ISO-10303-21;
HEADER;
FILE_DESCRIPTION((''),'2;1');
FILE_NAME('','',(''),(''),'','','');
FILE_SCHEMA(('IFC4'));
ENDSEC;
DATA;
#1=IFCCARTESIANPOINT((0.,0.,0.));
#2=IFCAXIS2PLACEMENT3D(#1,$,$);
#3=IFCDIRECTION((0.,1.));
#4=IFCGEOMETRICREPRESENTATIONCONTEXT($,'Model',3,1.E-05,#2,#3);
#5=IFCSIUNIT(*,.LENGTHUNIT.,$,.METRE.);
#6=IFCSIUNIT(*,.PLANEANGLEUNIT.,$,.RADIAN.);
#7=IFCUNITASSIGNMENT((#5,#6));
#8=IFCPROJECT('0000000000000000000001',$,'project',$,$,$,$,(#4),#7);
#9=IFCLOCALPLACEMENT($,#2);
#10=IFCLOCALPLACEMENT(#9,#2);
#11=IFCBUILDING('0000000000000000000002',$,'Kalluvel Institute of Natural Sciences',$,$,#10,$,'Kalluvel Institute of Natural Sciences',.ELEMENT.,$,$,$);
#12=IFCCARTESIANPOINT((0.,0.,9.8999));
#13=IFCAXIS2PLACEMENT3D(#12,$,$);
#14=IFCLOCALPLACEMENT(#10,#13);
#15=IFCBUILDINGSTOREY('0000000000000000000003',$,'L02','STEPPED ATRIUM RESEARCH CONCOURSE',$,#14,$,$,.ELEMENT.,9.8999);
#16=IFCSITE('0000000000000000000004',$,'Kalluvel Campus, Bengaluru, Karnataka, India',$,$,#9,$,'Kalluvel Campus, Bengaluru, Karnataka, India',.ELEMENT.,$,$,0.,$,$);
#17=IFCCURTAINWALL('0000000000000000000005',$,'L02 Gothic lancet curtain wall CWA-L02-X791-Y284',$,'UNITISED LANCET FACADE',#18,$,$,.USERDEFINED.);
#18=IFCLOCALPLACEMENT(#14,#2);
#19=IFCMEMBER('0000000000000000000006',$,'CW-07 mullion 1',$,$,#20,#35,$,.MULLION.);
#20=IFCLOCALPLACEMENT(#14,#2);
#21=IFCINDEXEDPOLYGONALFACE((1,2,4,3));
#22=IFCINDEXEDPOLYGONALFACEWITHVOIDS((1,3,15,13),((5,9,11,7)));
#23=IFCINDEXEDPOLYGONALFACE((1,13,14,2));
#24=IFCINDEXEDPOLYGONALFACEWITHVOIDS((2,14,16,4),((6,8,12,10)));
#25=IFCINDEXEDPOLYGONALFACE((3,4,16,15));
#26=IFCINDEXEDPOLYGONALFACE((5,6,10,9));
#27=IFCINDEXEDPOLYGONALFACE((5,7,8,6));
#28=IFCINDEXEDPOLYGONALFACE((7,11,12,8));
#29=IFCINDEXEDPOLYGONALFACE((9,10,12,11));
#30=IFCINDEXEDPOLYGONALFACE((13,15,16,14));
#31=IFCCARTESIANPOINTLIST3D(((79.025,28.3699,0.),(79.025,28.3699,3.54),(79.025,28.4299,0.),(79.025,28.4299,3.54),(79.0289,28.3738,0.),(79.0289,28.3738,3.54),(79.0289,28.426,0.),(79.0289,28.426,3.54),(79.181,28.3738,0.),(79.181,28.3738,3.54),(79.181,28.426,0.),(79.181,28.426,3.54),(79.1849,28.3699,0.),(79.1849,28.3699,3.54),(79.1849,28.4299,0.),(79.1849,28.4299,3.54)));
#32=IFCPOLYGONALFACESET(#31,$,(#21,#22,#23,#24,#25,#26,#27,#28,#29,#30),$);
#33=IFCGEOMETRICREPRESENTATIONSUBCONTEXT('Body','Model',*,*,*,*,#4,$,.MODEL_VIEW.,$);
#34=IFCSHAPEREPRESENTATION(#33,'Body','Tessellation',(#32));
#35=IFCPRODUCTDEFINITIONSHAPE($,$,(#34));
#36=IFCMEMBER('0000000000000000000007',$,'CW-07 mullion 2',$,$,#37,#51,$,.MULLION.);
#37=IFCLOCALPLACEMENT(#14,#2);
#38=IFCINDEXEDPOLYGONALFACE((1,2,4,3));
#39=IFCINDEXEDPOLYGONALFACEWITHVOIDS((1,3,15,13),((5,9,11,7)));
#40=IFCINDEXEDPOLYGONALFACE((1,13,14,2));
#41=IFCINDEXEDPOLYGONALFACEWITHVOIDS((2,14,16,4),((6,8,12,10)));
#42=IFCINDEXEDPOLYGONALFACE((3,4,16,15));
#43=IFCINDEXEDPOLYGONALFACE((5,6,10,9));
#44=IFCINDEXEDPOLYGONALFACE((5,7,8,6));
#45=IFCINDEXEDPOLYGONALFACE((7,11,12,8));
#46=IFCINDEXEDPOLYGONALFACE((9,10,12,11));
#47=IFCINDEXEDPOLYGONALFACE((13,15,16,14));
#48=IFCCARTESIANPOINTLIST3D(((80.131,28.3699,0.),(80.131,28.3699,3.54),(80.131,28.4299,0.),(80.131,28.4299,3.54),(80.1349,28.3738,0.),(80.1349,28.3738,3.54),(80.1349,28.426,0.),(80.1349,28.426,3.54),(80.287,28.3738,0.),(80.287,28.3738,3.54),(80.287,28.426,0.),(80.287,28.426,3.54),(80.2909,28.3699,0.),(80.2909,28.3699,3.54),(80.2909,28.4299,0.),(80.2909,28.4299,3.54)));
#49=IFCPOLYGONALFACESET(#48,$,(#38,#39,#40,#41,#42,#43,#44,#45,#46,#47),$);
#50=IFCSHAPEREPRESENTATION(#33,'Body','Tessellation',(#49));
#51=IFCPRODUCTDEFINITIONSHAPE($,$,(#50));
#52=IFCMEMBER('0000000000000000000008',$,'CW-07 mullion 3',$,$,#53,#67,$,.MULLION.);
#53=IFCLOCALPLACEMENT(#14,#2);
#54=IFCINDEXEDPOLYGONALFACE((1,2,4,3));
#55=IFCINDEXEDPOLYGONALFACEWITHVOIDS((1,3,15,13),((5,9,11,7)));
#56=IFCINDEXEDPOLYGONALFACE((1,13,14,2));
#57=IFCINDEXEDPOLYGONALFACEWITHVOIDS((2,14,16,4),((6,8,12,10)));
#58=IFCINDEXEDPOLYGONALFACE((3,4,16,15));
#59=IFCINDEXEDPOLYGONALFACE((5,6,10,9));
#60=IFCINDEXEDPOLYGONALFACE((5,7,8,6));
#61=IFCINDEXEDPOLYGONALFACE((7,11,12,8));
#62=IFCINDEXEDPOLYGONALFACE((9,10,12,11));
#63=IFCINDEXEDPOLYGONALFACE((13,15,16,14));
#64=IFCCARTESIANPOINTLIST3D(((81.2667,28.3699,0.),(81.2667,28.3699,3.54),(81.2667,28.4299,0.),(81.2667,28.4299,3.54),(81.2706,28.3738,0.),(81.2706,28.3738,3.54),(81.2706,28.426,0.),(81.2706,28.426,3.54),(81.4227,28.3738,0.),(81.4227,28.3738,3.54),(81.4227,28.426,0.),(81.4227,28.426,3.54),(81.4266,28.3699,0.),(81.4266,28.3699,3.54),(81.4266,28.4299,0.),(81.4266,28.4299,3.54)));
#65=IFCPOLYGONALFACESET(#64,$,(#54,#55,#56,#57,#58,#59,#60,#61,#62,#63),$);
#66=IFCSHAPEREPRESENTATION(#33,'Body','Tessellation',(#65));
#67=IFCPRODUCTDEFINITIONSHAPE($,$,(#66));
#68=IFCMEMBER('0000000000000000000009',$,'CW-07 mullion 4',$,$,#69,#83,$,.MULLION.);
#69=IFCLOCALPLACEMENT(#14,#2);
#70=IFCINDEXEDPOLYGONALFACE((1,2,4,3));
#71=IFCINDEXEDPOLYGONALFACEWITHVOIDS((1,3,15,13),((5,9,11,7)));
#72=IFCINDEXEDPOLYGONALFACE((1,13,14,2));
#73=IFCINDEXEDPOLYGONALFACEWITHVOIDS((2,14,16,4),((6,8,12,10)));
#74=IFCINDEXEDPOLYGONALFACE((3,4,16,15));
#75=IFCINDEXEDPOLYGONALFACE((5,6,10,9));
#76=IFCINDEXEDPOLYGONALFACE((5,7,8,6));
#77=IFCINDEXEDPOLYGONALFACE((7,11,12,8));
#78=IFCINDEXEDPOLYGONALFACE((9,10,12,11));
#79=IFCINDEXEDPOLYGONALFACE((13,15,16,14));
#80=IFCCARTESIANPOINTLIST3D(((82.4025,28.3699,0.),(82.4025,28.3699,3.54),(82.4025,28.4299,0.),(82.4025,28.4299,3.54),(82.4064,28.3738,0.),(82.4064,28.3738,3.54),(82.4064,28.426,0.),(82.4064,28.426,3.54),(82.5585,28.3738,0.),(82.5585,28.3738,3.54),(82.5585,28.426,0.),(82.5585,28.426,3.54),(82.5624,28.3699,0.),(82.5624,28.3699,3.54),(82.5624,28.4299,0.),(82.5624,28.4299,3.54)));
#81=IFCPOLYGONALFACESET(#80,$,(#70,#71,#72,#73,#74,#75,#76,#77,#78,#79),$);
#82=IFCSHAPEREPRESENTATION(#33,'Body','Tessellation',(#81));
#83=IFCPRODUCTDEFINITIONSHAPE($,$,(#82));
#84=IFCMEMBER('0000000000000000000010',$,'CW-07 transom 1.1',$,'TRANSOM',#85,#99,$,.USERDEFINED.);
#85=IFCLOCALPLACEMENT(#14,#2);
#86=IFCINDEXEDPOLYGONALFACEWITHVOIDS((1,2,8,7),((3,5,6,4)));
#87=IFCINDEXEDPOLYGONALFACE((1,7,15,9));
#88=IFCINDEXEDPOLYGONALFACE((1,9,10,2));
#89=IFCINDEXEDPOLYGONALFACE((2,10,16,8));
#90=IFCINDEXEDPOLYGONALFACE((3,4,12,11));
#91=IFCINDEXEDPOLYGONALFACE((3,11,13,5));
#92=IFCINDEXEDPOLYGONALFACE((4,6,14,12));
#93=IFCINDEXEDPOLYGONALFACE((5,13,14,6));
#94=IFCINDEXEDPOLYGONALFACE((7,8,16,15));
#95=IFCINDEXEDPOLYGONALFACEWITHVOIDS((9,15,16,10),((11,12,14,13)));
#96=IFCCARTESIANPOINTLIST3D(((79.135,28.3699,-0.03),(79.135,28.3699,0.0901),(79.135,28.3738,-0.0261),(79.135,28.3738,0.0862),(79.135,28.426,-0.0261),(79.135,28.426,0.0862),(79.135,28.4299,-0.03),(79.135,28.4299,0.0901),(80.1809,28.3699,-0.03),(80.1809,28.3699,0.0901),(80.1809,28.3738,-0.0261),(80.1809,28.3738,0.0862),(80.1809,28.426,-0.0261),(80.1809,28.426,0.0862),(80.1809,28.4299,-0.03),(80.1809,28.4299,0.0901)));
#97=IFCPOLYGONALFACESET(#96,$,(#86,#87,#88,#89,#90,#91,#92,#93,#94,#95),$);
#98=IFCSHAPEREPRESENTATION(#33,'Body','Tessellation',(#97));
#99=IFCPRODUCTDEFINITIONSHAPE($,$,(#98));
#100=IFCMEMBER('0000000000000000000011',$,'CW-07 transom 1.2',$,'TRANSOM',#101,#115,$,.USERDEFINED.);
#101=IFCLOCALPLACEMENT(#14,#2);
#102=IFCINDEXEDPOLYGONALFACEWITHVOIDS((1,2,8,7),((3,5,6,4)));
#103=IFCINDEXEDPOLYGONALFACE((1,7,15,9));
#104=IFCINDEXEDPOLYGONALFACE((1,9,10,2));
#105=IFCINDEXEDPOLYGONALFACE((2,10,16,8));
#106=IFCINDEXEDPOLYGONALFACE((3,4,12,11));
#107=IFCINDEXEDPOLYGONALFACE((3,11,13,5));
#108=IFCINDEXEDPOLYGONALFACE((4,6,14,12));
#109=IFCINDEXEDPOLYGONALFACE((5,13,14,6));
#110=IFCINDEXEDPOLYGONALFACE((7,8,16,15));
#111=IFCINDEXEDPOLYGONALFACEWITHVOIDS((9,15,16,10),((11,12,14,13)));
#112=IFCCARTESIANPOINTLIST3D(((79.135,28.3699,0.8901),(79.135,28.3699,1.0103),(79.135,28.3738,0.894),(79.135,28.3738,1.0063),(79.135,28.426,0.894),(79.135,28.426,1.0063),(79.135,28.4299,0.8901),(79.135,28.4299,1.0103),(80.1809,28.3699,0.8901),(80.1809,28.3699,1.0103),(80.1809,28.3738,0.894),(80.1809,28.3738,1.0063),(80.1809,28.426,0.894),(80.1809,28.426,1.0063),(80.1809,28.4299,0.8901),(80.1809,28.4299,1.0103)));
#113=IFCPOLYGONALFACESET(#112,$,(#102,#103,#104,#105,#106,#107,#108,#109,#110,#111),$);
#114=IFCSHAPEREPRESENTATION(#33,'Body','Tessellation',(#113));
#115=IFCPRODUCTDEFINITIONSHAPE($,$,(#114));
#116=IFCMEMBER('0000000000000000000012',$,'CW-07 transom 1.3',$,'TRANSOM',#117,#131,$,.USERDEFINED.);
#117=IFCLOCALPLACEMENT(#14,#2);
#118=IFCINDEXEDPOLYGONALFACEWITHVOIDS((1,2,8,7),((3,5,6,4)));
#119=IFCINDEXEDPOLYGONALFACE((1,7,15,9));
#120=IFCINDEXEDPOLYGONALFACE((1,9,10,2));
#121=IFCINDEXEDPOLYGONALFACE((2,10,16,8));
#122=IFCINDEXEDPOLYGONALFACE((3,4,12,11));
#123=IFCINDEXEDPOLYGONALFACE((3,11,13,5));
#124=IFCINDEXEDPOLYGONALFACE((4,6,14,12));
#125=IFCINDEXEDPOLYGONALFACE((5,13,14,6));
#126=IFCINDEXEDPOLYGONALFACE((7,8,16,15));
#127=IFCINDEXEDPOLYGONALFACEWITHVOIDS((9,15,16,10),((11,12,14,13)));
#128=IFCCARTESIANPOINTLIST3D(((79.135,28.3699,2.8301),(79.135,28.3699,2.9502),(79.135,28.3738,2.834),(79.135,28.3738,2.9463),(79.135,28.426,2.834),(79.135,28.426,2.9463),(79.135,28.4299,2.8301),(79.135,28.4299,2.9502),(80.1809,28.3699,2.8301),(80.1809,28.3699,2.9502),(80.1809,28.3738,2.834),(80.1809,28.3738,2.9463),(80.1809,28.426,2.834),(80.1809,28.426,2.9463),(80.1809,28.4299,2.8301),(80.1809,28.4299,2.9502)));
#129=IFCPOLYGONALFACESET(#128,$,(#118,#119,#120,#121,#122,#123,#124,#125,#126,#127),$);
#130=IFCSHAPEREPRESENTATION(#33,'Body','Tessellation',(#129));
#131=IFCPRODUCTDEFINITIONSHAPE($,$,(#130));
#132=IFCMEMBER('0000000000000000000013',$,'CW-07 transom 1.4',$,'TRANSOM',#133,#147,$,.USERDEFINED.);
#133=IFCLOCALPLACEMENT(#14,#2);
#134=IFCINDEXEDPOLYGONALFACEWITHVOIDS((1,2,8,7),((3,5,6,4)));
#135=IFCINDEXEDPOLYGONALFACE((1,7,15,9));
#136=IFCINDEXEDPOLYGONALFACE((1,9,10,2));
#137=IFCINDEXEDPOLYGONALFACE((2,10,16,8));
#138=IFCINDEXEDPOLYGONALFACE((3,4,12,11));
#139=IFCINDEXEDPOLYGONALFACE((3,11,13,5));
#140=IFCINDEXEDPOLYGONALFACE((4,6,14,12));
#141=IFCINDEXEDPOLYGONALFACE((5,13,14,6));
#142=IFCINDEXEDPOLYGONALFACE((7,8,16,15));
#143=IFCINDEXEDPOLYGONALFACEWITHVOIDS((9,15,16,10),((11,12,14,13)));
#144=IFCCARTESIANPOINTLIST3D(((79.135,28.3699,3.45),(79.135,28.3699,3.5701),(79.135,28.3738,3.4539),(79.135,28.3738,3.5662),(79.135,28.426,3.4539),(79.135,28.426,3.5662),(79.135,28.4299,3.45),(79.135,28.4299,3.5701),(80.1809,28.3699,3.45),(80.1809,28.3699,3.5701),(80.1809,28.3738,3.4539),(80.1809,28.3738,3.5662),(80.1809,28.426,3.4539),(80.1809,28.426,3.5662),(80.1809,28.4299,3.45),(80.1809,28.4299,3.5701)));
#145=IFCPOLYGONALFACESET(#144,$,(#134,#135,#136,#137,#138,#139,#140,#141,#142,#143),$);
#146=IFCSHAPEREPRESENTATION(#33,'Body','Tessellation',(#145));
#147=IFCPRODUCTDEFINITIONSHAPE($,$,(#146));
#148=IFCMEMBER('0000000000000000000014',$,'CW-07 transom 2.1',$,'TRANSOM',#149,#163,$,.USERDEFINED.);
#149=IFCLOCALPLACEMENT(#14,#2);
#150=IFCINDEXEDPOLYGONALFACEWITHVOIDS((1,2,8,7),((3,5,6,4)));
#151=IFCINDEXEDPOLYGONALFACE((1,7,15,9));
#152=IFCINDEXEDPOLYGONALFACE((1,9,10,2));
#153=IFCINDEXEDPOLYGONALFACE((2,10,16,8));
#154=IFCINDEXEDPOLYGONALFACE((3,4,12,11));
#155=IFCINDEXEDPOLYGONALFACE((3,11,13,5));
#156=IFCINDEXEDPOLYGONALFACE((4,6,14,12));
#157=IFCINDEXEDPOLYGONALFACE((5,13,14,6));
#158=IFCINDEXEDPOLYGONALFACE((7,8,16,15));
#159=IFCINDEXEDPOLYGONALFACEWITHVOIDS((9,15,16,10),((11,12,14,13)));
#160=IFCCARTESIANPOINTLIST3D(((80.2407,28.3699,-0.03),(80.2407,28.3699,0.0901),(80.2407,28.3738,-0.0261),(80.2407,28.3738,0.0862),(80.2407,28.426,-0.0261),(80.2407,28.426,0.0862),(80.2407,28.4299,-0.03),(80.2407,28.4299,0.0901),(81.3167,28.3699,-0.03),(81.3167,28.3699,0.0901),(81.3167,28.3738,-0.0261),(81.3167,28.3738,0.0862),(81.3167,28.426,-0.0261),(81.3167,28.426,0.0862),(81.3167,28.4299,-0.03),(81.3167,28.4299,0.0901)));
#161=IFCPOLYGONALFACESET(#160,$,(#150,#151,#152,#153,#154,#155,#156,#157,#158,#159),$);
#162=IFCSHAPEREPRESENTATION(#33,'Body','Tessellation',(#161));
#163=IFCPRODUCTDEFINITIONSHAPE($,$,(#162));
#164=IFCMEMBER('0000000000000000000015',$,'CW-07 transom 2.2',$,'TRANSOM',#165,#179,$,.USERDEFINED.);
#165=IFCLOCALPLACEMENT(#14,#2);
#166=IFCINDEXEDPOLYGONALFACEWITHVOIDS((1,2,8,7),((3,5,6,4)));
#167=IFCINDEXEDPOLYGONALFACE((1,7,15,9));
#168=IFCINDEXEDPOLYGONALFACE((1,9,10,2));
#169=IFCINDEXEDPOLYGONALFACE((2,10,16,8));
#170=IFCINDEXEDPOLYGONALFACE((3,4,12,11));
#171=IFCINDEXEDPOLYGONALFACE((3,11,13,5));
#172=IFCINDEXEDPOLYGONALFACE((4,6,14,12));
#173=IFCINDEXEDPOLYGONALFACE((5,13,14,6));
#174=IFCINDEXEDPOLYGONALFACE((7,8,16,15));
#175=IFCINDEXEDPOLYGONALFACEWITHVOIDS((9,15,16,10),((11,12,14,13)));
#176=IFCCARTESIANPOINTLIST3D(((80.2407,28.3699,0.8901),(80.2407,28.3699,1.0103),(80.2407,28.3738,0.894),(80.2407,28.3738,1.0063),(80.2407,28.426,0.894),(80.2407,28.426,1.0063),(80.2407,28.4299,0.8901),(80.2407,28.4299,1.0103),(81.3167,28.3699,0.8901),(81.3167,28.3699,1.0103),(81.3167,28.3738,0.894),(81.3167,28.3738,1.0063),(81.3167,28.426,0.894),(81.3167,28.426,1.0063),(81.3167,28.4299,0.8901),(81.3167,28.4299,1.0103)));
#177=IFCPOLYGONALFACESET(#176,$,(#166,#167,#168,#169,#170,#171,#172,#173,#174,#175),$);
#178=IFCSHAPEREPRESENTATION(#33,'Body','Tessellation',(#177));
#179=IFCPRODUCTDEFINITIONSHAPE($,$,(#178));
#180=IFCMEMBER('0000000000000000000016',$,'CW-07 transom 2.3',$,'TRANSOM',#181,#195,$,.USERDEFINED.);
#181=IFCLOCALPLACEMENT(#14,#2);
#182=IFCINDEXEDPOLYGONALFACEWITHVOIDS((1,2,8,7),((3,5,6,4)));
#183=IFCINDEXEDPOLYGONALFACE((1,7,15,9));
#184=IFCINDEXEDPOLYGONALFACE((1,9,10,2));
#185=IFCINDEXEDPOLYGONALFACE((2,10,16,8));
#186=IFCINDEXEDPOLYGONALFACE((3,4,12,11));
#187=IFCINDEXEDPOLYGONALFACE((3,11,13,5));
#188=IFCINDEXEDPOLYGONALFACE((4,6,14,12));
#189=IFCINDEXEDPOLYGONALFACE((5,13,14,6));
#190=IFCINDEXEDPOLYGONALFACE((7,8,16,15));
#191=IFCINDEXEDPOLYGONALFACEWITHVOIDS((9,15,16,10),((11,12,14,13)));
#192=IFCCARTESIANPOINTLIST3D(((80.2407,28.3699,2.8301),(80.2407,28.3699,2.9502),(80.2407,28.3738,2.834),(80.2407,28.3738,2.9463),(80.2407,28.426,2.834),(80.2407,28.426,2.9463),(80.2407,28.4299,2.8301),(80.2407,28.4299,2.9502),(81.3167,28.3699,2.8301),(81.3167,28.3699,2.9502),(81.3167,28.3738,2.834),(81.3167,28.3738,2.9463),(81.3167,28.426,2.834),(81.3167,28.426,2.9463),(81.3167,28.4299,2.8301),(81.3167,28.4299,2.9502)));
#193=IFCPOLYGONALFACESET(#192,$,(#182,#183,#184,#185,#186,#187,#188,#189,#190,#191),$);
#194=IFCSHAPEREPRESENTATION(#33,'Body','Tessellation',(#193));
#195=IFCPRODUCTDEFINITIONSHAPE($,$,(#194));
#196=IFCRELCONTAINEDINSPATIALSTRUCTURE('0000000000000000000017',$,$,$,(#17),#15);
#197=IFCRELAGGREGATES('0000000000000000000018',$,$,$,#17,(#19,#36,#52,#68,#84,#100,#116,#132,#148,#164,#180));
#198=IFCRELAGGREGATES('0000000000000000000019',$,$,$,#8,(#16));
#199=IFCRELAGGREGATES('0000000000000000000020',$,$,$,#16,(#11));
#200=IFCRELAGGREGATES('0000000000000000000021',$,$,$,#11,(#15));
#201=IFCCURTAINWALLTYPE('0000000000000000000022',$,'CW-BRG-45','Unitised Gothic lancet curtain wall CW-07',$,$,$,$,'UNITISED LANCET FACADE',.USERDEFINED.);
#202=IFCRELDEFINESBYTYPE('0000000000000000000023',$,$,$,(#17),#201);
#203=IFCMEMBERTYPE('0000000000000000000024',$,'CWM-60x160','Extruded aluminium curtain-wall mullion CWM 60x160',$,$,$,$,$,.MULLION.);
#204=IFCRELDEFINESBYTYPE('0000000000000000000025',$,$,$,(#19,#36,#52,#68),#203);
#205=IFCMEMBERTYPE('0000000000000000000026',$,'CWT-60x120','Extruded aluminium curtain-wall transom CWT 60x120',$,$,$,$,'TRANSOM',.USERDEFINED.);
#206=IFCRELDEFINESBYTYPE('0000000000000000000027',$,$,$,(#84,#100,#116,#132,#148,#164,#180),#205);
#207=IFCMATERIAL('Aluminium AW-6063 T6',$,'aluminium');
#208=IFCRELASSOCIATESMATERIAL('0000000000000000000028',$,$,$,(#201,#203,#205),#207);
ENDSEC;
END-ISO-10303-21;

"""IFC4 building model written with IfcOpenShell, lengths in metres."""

from ifc_helpers import new_model, si_unit, direction, frame, origin, origin_2d, place, context, subcontext, project, spatial, hollow_rectangle, extrude, material, material_profile, profile_set, type_object, element, aggregate, save


model = new_model("IFC4")

# Units and contexts
model_context = context("Model", 3, precision=1e-05, world=origin(), true_north=direction((0.0, 1.0)))
body_context = subcontext(model_context, "Body", "Model", "MODEL_VIEW")
ifc_project = project(units=[si_unit("LENGTHUNIT", "METRE"), si_unit("PLANEANGLEUNIT", "RADIAN")], contexts=[model_context])

# Site, building, storey
site_placement = place(None, origin())
site = spatial("IfcSite", under=ifc_project, at=site_placement, Name="Kalluvel Campus, Bengaluru, Karnataka, India", LongName="Kalluvel Campus, Bengaluru, Karnataka, India", CompositionType="ELEMENT", RefElevation=0.0)
building_placement = place(site_placement, origin())
building = spatial("IfcBuilding", under=site, at=building_placement, Name="Kalluvel Institute of Natural Sciences", LongName="Kalluvel Institute of Natural Sciences", CompositionType="ELEMENT")
storey_placement = place(building_placement, frame((0.0, 0.0, 9.8999)))
storey = spatial("IfcBuildingStorey", under=building, at=storey_placement, Name="L02", Description="STEPPED ATRIUM RESEARCH CONCOURSE", CompositionType="ELEMENT", Elevation=9.8999)

# Curtain wall, members
ifc_material_1 = material(Name="Aluminium AW-6063 T6", Category="aluminium")
curtain_wall_type = type_object("IfcCurtainWallType", Name="CW-BRG-45", Description="Unitised Gothic lancet curtain wall CW-07", ElementType="UNITISED LANCET FACADE", PredefinedType="USERDEFINED", material=ifc_material_1)
curtain_wall_placement = place(storey_placement, origin())
curtain_wall = element("IfcCurtainWall", 1, at=curtain_wall_placement, inside=storey, type_object=curtain_wall_type, Name="L02 Gothic lancet curtain wall CWA-L02-X791-Y284", ObjectType="UNITISED LANCET FACADE", PredefinedType="USERDEFINED")
ifc_material_profile_1 = material_profile(ifc_material_1, hollow_rectangle(XDim=0.0601, YDim=0.1599, WallThickness=0.0039, at=origin_2d()), Name="CWM 60x160")
ifc_profile_set_1 = profile_set([ifc_material_profile_1], Name="Aluminium AW-6063 T6")
member_type_1 = type_object("IfcMemberType", Name="CWM-60x160", Description="Extruded aluminium curtain-wall mullion CWM 60x160", PredefinedType="MULLION", material=ifc_profile_set_1)
member_1_placement = place(storey_placement, frame((79.105, 28.3999, 0.0), z_axis=(0.0, 0.0, 1.0), x_axis=(0.0, 1.0, 0.0)))
member_1 = element("IfcMember", 2, at=member_1_placement, type_object=member_type_1, Name="CW-07 mullion 1", PredefinedType="MULLION", context=body_context, shape_type="SweptSolid", body=[
    extrude(hollow_rectangle(XDim=0.0601, YDim=0.1599, WallThickness=0.0039, at=origin_2d()), origin(), (0.0, 0.0, 1.0), 3.54),
])
member_2_placement = place(storey_placement, frame((80.2109, 28.3999, 0.0), z_axis=(0.0, 0.0, 1.0), x_axis=(0.0, 1.0, 0.0)))
member_2 = element("IfcMember", 3, at=member_2_placement, type_object=member_type_1, Name="CW-07 mullion 2", PredefinedType="MULLION", context=body_context, shape_type="SweptSolid", body=[
    extrude(hollow_rectangle(XDim=0.0601, YDim=0.1599, WallThickness=0.0039, at=origin_2d()), origin(), (0.0, 0.0, 1.0), 3.54),
])
member_3_placement = place(storey_placement, frame((81.3467, 28.3999, 0.0), z_axis=(0.0, 0.0, 1.0), x_axis=(0.0, 1.0, 0.0)))
member_3 = element("IfcMember", 4, at=member_3_placement, type_object=member_type_1, Name="CW-07 mullion 3", PredefinedType="MULLION", context=body_context, shape_type="SweptSolid", body=[
    extrude(hollow_rectangle(XDim=0.0601, YDim=0.1599, WallThickness=0.0039, at=origin_2d()), origin(), (0.0, 0.0, 1.0), 3.54),
])
member_4_placement = place(storey_placement, frame((82.4824, 28.3999, 0.0), z_axis=(0.0, 0.0, 1.0), x_axis=(0.0, 1.0, 0.0)))
member_4 = element("IfcMember", 5, at=member_4_placement, type_object=member_type_1, Name="CW-07 mullion 4", PredefinedType="MULLION", context=body_context, shape_type="SweptSolid", body=[
    extrude(hollow_rectangle(XDim=0.0601, YDim=0.1599, WallThickness=0.0039, at=origin_2d()), origin(), (0.0, 0.0, 1.0), 3.54),
])
ifc_material_profile_2 = material_profile(ifc_material_1, hollow_rectangle(XDim=0.0601, YDim=0.1201, WallThickness=0.0039, at=origin_2d()), Name="CWT 60x120")
ifc_profile_set_2 = profile_set([ifc_material_profile_2], Name="Aluminium AW-6063 T6")
member_type_2 = type_object("IfcMemberType", Name="CWT-60x120", Description="Extruded aluminium curtain-wall transom CWT 60x120", ElementType="TRANSOM", PredefinedType="USERDEFINED", material=ifc_profile_set_2)
member_5_placement = place(storey_placement, frame((79.135, 28.3999, 0.03), z_axis=(1.0, 0.0, 0.0), x_axis=(0.0, 1.0, 0.0)))
member_5 = element("IfcMember", 6, at=member_5_placement, type_object=member_type_2, Name="CW-07 transom 1.1", ObjectType="TRANSOM", PredefinedType="USERDEFINED", context=body_context, shape_type="SweptSolid", body=[
    extrude(hollow_rectangle(XDim=0.0601, YDim=0.1201, WallThickness=0.0039, at=origin_2d()), origin(), (0.0, 0.0, 1.0), 1.0459),
])
member_6_placement = place(storey_placement, frame((79.135, 28.3999, 0.9502), z_axis=(1.0, 0.0, 0.0), x_axis=(0.0, 1.0, 0.0)))
member_6 = element("IfcMember", 7, at=member_6_placement, type_object=member_type_2, Name="CW-07 transom 1.2", ObjectType="TRANSOM", PredefinedType="USERDEFINED", context=body_context, shape_type="SweptSolid", body=[
    extrude(hollow_rectangle(XDim=0.0601, YDim=0.1201, WallThickness=0.0039, at=origin_2d()), origin(), (0.0, 0.0, 1.0), 1.0459),
])
member_7_placement = place(storey_placement, frame((79.135, 28.3999, 2.8901), z_axis=(1.0, 0.0, 0.0), x_axis=(0.0, 1.0, 0.0)))
member_7 = element("IfcMember", 8, at=member_7_placement, type_object=member_type_2, Name="CW-07 transom 1.3", ObjectType="TRANSOM", PredefinedType="USERDEFINED", context=body_context, shape_type="SweptSolid", body=[
    extrude(hollow_rectangle(XDim=0.0601, YDim=0.1201, WallThickness=0.0039, at=origin_2d()), origin(), (0.0, 0.0, 1.0), 1.0459),
])
member_8_placement = place(storey_placement, frame((79.135, 28.3999, 3.51), z_axis=(1.0, 0.0, 0.0), x_axis=(0.0, 1.0, 0.0)))
member_8 = element("IfcMember", 9, at=member_8_placement, type_object=member_type_2, Name="CW-07 transom 1.4", ObjectType="TRANSOM", PredefinedType="USERDEFINED", context=body_context, shape_type="SweptSolid", body=[
    extrude(hollow_rectangle(XDim=0.0601, YDim=0.1201, WallThickness=0.0039, at=origin_2d()), origin(), (0.0, 0.0, 1.0), 1.0459),
])
member_9_placement = place(storey_placement, frame((80.2407, 28.3999, 0.03), z_axis=(1.0, 0.0, 0.0), x_axis=(0.0, 1.0, 0.0)))
member_9 = element("IfcMember", 10, at=member_9_placement, type_object=member_type_2, Name="CW-07 transom 2.1", ObjectType="TRANSOM", PredefinedType="USERDEFINED", context=body_context, shape_type="SweptSolid", body=[
    extrude(hollow_rectangle(XDim=0.0601, YDim=0.1201, WallThickness=0.0039, at=origin_2d()), origin(), (0.0, 0.0, 1.0), 1.0759),
])
member_10_placement = place(storey_placement, frame((80.2407, 28.3999, 0.9502), z_axis=(1.0, 0.0, 0.0), x_axis=(0.0, 1.0, 0.0)))
member_10 = element("IfcMember", 11, at=member_10_placement, type_object=member_type_2, Name="CW-07 transom 2.2", ObjectType="TRANSOM", PredefinedType="USERDEFINED", context=body_context, shape_type="SweptSolid", body=[
    extrude(hollow_rectangle(XDim=0.0601, YDim=0.1201, WallThickness=0.0039, at=origin_2d()), origin(), (0.0, 0.0, 1.0), 1.0759),
])
member_11_placement = place(storey_placement, frame((80.2407, 28.3999, 2.8901), z_axis=(1.0, 0.0, 0.0), x_axis=(0.0, 1.0, 0.0)))
member_11 = element("IfcMember", 12, at=member_11_placement, type_object=member_type_2, Name="CW-07 transom 2.3", ObjectType="TRANSOM", PredefinedType="USERDEFINED", context=body_context, shape_type="SweptSolid", body=[
    extrude(hollow_rectangle(XDim=0.0601, YDim=0.1201, WallThickness=0.0039, at=origin_2d()), origin(), (0.0, 0.0, 1.0), 1.0759),
])

aggregate(curtain_wall, [member_1, member_2, member_3, member_4, member_5, member_6, member_7, member_8, member_9, member_10, member_11])

save(model, "model.ifc")
